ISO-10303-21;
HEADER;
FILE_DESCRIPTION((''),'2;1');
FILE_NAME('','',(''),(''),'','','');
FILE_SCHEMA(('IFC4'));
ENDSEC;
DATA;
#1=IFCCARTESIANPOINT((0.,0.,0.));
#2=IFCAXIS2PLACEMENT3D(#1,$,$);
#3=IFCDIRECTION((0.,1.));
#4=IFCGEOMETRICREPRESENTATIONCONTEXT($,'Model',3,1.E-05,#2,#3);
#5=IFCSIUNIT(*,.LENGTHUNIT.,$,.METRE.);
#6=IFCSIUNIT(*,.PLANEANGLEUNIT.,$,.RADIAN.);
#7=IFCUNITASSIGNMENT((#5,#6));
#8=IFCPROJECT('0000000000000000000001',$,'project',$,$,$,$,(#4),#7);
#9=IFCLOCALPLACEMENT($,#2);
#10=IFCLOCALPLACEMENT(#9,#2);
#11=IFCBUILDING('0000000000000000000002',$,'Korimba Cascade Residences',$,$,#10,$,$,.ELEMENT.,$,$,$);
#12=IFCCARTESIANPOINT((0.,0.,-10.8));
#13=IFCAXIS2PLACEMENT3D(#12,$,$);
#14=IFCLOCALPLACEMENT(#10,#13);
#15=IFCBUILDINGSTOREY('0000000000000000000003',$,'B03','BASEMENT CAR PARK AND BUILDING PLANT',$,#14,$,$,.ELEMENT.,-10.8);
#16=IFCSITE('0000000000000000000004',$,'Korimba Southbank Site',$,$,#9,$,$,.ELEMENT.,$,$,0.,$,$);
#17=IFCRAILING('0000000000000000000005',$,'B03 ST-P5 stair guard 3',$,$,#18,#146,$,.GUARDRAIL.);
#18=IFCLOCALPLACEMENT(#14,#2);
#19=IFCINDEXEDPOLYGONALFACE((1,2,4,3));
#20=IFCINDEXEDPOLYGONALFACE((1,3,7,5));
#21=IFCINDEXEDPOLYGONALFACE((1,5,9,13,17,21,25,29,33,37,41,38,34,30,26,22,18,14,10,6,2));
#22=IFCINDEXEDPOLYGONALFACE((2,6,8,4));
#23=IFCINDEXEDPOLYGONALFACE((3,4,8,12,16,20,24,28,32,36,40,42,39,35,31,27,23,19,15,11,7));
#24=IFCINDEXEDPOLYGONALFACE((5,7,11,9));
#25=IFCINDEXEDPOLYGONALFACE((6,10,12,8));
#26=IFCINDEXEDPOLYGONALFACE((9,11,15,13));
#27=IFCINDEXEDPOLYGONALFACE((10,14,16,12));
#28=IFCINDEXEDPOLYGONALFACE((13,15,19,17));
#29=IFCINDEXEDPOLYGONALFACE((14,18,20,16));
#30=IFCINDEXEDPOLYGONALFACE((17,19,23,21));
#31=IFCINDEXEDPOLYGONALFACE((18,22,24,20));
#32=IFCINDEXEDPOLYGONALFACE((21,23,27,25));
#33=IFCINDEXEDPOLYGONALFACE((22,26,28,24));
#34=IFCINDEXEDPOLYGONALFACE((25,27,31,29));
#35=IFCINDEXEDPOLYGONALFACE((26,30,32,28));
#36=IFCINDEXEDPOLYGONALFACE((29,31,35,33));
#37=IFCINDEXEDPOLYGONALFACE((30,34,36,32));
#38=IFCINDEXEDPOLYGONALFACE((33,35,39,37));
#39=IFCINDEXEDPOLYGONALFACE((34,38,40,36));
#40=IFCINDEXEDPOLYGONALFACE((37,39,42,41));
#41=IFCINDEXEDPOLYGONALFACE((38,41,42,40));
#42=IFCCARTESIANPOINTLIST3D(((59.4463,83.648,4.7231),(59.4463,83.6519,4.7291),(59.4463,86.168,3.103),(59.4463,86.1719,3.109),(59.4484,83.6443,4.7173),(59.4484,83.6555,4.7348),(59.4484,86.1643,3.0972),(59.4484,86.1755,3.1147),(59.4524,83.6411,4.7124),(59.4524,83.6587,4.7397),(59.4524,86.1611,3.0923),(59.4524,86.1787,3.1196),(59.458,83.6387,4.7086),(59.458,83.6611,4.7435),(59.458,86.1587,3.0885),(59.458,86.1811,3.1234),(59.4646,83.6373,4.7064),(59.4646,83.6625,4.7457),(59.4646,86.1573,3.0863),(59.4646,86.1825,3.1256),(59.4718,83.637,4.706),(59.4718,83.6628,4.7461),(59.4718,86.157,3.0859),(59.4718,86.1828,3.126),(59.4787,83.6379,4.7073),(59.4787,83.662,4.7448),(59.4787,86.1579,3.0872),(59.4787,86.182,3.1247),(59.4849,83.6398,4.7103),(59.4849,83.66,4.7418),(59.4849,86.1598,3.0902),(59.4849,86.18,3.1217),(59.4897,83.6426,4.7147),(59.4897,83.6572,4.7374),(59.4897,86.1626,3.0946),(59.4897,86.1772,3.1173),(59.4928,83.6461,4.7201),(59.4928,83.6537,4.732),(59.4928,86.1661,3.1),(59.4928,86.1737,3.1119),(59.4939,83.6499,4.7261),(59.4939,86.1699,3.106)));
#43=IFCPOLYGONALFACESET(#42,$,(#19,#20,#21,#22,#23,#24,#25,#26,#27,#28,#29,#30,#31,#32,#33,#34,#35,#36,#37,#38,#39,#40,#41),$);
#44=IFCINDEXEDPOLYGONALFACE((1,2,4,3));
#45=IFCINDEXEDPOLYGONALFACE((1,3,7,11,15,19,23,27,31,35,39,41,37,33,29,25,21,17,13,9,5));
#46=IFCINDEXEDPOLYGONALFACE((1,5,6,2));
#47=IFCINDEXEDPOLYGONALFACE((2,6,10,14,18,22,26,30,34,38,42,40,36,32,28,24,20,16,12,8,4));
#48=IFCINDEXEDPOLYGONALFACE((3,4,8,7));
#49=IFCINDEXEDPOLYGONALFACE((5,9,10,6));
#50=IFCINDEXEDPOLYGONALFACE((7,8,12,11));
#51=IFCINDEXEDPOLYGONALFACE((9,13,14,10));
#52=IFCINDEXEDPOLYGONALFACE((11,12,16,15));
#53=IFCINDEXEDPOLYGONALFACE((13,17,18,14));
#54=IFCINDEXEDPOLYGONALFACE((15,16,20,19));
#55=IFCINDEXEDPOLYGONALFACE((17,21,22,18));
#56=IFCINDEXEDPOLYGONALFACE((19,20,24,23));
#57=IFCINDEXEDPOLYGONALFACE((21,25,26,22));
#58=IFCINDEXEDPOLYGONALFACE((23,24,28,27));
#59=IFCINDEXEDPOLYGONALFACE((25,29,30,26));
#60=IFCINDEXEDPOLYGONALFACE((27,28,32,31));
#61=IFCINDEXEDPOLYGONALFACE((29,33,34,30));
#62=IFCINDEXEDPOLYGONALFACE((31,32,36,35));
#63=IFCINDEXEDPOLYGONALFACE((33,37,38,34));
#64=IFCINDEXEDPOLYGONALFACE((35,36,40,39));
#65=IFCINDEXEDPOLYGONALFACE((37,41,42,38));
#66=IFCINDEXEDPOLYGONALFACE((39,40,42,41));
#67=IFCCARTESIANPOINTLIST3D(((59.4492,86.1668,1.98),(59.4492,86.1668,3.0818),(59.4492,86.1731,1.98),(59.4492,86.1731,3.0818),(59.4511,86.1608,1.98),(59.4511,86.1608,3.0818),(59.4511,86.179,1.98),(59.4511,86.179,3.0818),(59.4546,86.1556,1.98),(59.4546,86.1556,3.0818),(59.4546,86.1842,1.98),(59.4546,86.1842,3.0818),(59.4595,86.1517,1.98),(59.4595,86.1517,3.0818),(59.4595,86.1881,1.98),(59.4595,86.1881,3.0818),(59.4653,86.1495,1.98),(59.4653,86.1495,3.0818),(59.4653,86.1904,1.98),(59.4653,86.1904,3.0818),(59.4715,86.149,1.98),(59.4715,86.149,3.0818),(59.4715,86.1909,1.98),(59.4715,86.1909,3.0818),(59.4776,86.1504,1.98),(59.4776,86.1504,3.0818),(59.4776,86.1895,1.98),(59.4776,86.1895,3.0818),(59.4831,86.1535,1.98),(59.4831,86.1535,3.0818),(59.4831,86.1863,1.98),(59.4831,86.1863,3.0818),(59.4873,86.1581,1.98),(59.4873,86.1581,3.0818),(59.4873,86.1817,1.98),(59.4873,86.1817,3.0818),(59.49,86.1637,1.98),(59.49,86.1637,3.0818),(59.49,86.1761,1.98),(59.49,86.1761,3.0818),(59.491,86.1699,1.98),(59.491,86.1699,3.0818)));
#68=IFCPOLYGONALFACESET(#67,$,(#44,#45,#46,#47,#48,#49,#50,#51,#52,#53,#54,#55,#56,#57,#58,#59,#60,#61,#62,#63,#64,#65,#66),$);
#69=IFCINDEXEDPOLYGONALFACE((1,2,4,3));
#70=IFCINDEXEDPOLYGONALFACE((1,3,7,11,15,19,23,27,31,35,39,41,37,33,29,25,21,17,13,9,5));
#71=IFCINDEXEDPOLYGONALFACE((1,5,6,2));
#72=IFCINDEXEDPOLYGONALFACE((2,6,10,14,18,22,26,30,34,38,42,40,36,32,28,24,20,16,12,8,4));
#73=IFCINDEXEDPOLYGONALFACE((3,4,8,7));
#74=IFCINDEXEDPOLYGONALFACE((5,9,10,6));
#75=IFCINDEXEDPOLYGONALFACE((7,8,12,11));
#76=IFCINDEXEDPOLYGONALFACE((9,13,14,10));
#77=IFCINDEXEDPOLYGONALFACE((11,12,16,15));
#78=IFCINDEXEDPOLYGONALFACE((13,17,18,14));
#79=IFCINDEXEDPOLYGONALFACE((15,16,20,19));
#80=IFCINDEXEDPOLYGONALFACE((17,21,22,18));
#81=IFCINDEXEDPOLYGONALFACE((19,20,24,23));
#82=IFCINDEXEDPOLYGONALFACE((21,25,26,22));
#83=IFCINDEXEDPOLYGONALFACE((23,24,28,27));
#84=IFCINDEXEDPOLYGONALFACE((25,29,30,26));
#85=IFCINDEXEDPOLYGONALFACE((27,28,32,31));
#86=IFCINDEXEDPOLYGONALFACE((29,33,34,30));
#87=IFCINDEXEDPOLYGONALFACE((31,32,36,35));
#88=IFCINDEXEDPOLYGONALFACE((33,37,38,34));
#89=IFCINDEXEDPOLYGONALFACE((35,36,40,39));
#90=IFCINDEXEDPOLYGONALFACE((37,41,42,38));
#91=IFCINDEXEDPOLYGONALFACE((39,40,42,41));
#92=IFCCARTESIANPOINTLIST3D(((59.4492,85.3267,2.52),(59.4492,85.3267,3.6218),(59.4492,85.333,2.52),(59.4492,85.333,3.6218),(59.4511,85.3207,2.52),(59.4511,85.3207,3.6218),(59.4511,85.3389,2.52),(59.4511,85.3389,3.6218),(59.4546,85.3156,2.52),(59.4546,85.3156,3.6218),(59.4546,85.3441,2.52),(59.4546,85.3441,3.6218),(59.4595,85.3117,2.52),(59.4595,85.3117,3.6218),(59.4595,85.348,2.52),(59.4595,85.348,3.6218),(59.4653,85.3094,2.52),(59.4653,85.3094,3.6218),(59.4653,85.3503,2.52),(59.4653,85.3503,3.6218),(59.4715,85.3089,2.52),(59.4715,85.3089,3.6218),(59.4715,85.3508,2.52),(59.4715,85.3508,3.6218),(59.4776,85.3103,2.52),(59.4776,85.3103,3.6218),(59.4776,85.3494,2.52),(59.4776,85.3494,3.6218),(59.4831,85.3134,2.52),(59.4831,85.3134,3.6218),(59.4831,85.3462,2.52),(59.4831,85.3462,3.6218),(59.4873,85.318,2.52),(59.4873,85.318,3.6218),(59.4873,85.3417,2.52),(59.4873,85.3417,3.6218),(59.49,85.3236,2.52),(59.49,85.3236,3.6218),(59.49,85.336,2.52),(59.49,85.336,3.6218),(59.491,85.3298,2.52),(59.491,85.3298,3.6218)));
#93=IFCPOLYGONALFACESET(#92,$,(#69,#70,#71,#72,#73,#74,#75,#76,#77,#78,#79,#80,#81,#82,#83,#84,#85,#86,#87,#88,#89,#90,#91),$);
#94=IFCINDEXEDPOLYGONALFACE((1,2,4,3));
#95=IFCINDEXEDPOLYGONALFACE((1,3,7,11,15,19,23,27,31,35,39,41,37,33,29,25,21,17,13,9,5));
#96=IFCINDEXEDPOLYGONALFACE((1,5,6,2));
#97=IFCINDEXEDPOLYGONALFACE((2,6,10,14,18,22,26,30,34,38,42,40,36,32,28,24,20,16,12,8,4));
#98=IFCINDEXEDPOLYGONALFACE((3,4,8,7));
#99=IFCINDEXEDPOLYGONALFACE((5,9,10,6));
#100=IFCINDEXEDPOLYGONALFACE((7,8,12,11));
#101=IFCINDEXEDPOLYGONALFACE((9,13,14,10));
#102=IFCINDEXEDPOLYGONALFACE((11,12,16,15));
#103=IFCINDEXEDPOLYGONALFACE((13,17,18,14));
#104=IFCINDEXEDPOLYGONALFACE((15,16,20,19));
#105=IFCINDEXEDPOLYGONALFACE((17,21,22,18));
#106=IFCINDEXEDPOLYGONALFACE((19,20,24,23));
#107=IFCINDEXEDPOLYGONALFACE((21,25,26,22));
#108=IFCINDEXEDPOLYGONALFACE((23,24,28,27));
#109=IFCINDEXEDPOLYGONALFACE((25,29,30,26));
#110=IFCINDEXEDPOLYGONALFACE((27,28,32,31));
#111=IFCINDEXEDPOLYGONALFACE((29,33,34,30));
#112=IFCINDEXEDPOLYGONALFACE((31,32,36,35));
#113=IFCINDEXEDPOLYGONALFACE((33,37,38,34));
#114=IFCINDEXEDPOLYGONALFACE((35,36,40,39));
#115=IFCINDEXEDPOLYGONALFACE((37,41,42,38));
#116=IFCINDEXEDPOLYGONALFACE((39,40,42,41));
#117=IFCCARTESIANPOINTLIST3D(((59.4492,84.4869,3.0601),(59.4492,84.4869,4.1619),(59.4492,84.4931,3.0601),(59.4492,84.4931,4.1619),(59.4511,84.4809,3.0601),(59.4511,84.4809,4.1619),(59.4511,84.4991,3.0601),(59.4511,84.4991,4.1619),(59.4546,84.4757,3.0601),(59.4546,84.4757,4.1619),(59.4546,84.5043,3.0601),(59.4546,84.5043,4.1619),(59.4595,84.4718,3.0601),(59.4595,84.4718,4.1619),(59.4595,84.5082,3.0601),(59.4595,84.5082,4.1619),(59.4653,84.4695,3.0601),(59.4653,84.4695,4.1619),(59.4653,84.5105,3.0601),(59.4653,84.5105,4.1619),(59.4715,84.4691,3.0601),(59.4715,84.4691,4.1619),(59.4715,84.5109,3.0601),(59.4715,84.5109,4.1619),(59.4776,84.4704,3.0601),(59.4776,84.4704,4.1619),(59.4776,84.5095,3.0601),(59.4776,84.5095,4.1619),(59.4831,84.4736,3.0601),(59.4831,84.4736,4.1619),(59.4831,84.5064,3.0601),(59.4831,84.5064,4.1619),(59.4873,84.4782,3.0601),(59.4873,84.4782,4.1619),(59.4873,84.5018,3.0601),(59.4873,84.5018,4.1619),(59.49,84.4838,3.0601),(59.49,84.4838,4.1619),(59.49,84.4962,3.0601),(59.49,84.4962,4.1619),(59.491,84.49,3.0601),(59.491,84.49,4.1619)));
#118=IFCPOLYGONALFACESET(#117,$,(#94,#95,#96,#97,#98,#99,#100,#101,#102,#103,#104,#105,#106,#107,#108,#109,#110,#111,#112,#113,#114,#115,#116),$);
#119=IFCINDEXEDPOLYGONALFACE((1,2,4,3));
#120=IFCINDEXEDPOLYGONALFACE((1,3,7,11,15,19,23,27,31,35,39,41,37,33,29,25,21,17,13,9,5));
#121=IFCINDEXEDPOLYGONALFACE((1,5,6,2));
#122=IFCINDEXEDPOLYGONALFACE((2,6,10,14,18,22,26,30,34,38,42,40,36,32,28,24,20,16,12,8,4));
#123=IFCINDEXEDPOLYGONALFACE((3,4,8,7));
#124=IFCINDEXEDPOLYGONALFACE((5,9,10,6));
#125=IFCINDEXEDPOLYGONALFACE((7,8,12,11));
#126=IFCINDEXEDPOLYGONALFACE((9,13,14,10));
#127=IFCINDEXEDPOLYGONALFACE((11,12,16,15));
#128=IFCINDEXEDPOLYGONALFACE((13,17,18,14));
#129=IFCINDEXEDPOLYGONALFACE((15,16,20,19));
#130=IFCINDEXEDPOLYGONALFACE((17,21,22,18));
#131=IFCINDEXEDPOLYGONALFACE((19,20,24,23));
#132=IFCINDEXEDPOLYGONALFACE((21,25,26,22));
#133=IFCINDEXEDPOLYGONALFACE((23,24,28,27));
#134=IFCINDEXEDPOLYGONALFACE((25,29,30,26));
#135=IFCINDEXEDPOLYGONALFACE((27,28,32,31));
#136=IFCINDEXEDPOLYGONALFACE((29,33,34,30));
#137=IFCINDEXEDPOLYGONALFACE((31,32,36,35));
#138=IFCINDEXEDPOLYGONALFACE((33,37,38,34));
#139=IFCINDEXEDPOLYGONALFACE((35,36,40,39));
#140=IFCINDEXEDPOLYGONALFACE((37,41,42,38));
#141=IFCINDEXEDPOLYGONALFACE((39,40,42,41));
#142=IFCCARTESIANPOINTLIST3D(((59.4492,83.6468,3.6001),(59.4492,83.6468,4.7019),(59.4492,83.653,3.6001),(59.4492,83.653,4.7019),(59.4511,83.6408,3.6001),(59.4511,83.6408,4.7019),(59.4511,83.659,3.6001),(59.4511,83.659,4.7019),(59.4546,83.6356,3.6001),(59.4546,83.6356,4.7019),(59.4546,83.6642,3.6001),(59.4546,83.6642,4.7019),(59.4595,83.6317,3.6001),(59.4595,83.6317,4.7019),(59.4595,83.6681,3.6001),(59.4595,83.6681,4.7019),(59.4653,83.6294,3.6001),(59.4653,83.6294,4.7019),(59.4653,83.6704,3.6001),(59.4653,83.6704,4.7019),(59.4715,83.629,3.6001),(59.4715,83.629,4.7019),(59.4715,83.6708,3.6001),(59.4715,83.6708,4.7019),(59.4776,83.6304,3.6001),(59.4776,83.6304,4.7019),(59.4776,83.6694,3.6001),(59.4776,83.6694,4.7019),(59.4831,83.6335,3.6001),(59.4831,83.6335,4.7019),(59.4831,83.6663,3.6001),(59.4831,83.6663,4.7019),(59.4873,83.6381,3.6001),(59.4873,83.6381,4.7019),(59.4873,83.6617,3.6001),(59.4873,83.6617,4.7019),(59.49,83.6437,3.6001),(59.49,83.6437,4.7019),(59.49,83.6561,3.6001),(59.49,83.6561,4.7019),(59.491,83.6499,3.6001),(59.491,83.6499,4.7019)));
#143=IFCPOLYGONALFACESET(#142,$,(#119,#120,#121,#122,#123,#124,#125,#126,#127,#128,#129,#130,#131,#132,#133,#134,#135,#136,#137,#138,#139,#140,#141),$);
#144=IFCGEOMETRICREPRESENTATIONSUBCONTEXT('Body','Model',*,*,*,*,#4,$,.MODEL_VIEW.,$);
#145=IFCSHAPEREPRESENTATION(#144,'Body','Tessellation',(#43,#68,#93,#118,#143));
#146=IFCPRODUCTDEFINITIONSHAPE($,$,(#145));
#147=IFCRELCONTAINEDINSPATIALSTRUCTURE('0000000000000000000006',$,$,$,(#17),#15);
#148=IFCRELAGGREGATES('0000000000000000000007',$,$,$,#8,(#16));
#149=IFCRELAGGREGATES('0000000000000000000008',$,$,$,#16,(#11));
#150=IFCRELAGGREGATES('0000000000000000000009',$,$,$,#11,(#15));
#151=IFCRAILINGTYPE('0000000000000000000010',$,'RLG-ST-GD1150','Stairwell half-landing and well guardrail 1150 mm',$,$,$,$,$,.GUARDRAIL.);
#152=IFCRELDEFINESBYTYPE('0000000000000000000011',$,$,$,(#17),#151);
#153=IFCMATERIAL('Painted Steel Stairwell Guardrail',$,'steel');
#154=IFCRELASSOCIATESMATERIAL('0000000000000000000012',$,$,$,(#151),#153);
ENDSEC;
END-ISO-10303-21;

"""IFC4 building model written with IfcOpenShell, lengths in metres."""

from ifc_helpers import new_model, si_unit, direction, frame, origin, origin_2d, place, context, subcontext, project, spatial, circle, extrude, material, type_object, element, save


model = new_model("IFC4")

# Units and contexts
model_context = context("Model", 3, precision=1e-05, world=origin(), true_north=direction((0.0, 1.0)))
body_context = subcontext(model_context, "Body", "Model", "MODEL_VIEW")
ifc_project = project(units=[si_unit("LENGTHUNIT", "METRE"), si_unit("PLANEANGLEUNIT", "RADIAN")], contexts=[model_context])

# Site, building, storey
site_placement = place(None, origin())
site = spatial("IfcSite", under=ifc_project, at=site_placement, Name="Korimba Southbank Site", CompositionType="ELEMENT", RefElevation=0.0)
building_placement = place(site_placement, origin())
building = spatial("IfcBuilding", under=site, at=building_placement, Name="Korimba Cascade Residences", CompositionType="ELEMENT")
storey_placement = place(building_placement, frame((0.0, 0.0, -10.8)))
storey = spatial("IfcBuildingStorey", under=building, at=storey_placement, Name="B03", Description="BASEMENT CAR PARK AND BUILDING PLANT", CompositionType="ELEMENT", Elevation=-10.8)

# Railing
ifc_material_1 = material(Name="Painted Steel Stairwell Guardrail", Category="steel")
railing_type_1 = type_object("IfcRailingType", Name="RLG-ST-GD1150", Description="Stairwell half-landing and well guardrail 1150 mm", PredefinedType="GUARDRAIL", material=ifc_material_1)
railing_1_placement = place(storey_placement, frame((59.47, 86.1699, 1.98)))
element("IfcRailing", 1, at=railing_1_placement, inside=storey, type_object=railing_type_1, Name="B03 ST-P5 stair guard 3", PredefinedType="GUARDRAIL", context=body_context, shape_type="SweptSolid", body=[
    extrude(circle(Radius=0.0239, at=origin_2d()), frame((0.0, 0.0, 1.126), z_axis=(0.0, -0.841163, 0.540782), x_axis=(1.0, 0.0, 0.0)), (0.0, 0.0, 1.0), 2.9958),
    extrude(circle(Radius=0.021, at=origin_2d()), origin(), (0.0, 0.0, 1.0), 1.1018),
    extrude(circle(Radius=0.021, at=origin_2d()), frame((0.0, -0.8401, 0.54)), (0.0, 0.0, 1.0), 1.1018),
    extrude(circle(Radius=0.021, at=origin_2d()), frame((0.0, -1.6799, 1.0801)), (0.0, 0.0, 1.0), 1.1018),
    extrude(circle(Radius=0.021, at=origin_2d()), frame((0.0, -2.52, 1.6201)), (0.0, 0.0, 1.0), 1.1018),
])

save(model, "model.ifc")
